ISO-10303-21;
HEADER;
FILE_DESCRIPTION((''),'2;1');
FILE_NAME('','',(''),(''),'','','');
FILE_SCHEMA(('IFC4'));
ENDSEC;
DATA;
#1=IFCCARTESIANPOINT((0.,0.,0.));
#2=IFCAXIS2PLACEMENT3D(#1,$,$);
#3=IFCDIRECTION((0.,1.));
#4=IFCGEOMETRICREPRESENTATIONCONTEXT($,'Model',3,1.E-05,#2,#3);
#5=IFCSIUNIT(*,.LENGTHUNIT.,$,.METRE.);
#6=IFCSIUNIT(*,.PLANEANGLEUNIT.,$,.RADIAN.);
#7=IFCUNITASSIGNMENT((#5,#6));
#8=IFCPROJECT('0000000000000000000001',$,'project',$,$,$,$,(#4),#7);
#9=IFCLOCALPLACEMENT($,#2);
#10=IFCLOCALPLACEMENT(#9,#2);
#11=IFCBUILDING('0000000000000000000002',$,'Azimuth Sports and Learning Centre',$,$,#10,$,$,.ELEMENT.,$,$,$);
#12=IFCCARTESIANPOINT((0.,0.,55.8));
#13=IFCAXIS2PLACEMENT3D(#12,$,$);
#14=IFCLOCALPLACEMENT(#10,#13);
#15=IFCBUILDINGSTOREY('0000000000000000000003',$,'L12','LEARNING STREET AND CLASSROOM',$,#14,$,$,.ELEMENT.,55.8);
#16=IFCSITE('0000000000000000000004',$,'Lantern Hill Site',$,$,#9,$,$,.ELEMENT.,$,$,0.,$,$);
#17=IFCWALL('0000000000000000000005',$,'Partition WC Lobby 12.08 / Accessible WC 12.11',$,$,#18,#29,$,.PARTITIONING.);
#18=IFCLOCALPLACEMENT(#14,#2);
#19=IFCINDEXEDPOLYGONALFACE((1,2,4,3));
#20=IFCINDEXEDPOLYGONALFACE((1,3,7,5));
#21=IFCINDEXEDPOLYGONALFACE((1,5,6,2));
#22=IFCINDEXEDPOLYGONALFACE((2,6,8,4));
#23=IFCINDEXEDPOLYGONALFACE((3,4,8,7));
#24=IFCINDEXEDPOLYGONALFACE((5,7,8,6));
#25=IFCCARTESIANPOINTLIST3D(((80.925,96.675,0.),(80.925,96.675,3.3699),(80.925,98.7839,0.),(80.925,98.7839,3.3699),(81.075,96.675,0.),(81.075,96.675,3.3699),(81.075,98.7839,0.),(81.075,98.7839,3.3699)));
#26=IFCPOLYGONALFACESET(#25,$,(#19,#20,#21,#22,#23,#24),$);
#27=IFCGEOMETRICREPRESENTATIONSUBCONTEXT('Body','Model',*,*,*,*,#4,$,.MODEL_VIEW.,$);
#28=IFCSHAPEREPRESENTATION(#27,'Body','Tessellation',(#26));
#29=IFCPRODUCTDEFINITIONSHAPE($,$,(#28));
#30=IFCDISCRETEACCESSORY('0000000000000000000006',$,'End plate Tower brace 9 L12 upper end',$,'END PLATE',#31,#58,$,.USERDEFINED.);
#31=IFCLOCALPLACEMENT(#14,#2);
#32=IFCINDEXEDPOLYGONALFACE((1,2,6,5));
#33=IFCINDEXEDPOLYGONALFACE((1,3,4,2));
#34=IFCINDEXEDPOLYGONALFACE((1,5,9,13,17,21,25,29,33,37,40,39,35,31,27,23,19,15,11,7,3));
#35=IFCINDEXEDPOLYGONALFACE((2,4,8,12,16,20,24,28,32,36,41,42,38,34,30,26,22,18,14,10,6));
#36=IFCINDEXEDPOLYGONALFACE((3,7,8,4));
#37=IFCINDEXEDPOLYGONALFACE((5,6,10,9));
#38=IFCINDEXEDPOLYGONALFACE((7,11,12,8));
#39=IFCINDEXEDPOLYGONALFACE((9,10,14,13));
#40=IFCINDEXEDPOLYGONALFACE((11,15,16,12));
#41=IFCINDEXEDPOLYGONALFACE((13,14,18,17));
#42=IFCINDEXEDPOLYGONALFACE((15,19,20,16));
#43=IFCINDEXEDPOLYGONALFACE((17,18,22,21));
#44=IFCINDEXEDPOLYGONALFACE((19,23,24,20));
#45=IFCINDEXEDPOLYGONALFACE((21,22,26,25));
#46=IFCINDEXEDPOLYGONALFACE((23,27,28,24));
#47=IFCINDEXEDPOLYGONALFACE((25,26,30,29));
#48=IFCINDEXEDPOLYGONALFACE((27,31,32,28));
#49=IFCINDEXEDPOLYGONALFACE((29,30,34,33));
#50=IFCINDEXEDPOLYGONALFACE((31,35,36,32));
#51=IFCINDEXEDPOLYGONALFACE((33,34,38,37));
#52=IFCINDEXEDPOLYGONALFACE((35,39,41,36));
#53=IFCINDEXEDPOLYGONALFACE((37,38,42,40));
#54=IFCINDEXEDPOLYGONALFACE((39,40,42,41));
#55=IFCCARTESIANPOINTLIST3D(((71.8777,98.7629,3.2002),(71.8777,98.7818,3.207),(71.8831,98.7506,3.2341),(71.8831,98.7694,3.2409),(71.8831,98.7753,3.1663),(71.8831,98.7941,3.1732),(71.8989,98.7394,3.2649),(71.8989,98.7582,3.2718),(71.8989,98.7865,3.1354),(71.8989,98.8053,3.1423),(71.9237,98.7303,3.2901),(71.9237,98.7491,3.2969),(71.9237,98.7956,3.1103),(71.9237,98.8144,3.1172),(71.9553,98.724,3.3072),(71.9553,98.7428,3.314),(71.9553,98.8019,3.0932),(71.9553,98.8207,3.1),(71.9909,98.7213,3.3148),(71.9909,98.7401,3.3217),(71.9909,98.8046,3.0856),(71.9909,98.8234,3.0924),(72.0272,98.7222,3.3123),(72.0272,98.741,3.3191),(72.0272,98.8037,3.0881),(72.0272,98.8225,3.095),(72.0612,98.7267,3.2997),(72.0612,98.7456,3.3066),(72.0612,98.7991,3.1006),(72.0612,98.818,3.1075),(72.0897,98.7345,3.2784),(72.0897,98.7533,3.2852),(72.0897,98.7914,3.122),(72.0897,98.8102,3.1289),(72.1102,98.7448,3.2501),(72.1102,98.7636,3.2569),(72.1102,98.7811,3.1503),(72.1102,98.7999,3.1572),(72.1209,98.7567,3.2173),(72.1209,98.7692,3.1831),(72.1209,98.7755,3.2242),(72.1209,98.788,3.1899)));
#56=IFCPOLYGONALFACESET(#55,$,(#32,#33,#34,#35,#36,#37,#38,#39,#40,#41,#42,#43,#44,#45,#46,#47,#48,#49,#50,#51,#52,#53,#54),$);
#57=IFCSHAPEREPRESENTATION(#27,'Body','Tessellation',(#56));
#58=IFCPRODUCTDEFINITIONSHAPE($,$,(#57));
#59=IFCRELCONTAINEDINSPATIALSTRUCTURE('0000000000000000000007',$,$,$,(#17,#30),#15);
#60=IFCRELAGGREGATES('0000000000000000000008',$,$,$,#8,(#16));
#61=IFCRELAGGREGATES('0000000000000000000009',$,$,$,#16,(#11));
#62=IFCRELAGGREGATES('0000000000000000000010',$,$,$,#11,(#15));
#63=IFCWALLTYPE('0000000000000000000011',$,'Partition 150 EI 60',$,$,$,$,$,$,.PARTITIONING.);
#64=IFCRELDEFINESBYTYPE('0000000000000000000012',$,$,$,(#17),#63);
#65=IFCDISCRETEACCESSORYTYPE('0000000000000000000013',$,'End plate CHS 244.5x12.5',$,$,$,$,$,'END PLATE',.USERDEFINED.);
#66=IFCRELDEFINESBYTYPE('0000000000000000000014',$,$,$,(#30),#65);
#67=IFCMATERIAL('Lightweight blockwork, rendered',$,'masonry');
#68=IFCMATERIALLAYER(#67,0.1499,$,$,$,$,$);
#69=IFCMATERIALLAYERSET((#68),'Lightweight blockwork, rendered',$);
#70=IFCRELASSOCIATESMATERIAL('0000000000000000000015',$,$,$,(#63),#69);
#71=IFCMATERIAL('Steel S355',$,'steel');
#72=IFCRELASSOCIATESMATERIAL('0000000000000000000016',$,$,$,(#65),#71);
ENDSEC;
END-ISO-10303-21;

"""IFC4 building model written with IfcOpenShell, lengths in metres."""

from ifc_helpers import new_model, si_unit, direction, frame, frame_2d, origin, origin_2d, place, context, subcontext, project, spatial, rectangle, circle, extrude, material, layer, layer_set, material_profile, profile_set, type_object, element, save


model = new_model("IFC4")

# Units and contexts
model_context = context("Model", 3, precision=1e-05, world=origin(), true_north=direction((0.0, 1.0)))
body_context = subcontext(model_context, "Body", "Model", "MODEL_VIEW")
ifc_project = project(units=[si_unit("LENGTHUNIT", "METRE"), si_unit("PLANEANGLEUNIT", "RADIAN")], contexts=[model_context])

# Site, building, storey
site_placement = place(None, origin())
site = spatial("IfcSite", under=ifc_project, at=site_placement, Name="Lantern Hill Site", CompositionType="ELEMENT", RefElevation=0.0)
building_placement = place(site_placement, origin())
building = spatial("IfcBuilding", under=site, at=building_placement, Name="Azimuth Sports and Learning Centre", CompositionType="ELEMENT")
storey_placement = place(building_placement, frame((0.0, 0.0, 55.8)))
storey = spatial("IfcBuildingStorey", under=building, at=storey_placement, Name="L12", Description="LEARNING STREET AND CLASSROOM", CompositionType="ELEMENT", Elevation=55.8)

# Shared definitions
ifc_material_1 = material(Name="Lightweight blockwork, rendered", Category="masonry")
ifc_layer_1 = layer(ifc_material_1, 0.1499)
ifc_layer_set_1 = layer_set([ifc_layer_1], Name="Lightweight blockwork, rendered")
wall_type_1 = type_object("IfcWallType", Name="Partition 150 EI 60", PredefinedType="PARTITIONING", material=ifc_layer_set_1)

# Wall
wall_1_placement = place(storey_placement, frame((81.0, 96.675, 0.0), z_axis=(0.0, 0.0, 1.0), x_axis=(0.0, 1.0, 0.0)))
element("IfcWall", 1, at=wall_1_placement, inside=storey, type_object=wall_type_1, Name="Partition WC Lobby 12.08 / Accessible WC 12.11", PredefinedType="PARTITIONING", context=body_context, shape_type="SweptSolid", body=[
    extrude(rectangle(XDim=2.1089, YDim=0.1499, at=frame_2d((1.0544, 0.0))), origin(), (0.0, 0.0, 1.0), 3.3699),
])

# Discrete accessory
ifc_material_2 = material(Name="Steel S355", Category="steel")
ifc_material_profile_1 = material_profile(ifc_material_2, circle(Radius=0.1223, at=origin_2d()), Name="PL 244 DISC")
ifc_profile_set_1 = profile_set([ifc_material_profile_1], Name="Steel S355")
discrete_accessory_type = type_object("IfcDiscreteAccessoryType", Name="End plate CHS 244.5x12.5", ElementType="END PLATE", PredefinedType="USERDEFINED", material=ifc_profile_set_1)
discrete_accessory_placement = place(storey_placement, frame((72.0, 98.7629, 3.2002), z_axis=(0.0, 0.939793, 0.341743), x_axis=(-1.0, 0.0, 0.0)))
element("IfcDiscreteAccessory", 2, at=discrete_accessory_placement, inside=storey, type_object=discrete_accessory_type, Name="End plate Tower brace 9 L12 upper end", ObjectType="END PLATE", PredefinedType="USERDEFINED", context=body_context, shape_type="SweptSolid", body=[
    extrude(circle(Radius=0.1223, at=origin_2d()), origin(), (0.0, 0.0, 1.0), 0.02),
])

save(model, "model.ifc")
